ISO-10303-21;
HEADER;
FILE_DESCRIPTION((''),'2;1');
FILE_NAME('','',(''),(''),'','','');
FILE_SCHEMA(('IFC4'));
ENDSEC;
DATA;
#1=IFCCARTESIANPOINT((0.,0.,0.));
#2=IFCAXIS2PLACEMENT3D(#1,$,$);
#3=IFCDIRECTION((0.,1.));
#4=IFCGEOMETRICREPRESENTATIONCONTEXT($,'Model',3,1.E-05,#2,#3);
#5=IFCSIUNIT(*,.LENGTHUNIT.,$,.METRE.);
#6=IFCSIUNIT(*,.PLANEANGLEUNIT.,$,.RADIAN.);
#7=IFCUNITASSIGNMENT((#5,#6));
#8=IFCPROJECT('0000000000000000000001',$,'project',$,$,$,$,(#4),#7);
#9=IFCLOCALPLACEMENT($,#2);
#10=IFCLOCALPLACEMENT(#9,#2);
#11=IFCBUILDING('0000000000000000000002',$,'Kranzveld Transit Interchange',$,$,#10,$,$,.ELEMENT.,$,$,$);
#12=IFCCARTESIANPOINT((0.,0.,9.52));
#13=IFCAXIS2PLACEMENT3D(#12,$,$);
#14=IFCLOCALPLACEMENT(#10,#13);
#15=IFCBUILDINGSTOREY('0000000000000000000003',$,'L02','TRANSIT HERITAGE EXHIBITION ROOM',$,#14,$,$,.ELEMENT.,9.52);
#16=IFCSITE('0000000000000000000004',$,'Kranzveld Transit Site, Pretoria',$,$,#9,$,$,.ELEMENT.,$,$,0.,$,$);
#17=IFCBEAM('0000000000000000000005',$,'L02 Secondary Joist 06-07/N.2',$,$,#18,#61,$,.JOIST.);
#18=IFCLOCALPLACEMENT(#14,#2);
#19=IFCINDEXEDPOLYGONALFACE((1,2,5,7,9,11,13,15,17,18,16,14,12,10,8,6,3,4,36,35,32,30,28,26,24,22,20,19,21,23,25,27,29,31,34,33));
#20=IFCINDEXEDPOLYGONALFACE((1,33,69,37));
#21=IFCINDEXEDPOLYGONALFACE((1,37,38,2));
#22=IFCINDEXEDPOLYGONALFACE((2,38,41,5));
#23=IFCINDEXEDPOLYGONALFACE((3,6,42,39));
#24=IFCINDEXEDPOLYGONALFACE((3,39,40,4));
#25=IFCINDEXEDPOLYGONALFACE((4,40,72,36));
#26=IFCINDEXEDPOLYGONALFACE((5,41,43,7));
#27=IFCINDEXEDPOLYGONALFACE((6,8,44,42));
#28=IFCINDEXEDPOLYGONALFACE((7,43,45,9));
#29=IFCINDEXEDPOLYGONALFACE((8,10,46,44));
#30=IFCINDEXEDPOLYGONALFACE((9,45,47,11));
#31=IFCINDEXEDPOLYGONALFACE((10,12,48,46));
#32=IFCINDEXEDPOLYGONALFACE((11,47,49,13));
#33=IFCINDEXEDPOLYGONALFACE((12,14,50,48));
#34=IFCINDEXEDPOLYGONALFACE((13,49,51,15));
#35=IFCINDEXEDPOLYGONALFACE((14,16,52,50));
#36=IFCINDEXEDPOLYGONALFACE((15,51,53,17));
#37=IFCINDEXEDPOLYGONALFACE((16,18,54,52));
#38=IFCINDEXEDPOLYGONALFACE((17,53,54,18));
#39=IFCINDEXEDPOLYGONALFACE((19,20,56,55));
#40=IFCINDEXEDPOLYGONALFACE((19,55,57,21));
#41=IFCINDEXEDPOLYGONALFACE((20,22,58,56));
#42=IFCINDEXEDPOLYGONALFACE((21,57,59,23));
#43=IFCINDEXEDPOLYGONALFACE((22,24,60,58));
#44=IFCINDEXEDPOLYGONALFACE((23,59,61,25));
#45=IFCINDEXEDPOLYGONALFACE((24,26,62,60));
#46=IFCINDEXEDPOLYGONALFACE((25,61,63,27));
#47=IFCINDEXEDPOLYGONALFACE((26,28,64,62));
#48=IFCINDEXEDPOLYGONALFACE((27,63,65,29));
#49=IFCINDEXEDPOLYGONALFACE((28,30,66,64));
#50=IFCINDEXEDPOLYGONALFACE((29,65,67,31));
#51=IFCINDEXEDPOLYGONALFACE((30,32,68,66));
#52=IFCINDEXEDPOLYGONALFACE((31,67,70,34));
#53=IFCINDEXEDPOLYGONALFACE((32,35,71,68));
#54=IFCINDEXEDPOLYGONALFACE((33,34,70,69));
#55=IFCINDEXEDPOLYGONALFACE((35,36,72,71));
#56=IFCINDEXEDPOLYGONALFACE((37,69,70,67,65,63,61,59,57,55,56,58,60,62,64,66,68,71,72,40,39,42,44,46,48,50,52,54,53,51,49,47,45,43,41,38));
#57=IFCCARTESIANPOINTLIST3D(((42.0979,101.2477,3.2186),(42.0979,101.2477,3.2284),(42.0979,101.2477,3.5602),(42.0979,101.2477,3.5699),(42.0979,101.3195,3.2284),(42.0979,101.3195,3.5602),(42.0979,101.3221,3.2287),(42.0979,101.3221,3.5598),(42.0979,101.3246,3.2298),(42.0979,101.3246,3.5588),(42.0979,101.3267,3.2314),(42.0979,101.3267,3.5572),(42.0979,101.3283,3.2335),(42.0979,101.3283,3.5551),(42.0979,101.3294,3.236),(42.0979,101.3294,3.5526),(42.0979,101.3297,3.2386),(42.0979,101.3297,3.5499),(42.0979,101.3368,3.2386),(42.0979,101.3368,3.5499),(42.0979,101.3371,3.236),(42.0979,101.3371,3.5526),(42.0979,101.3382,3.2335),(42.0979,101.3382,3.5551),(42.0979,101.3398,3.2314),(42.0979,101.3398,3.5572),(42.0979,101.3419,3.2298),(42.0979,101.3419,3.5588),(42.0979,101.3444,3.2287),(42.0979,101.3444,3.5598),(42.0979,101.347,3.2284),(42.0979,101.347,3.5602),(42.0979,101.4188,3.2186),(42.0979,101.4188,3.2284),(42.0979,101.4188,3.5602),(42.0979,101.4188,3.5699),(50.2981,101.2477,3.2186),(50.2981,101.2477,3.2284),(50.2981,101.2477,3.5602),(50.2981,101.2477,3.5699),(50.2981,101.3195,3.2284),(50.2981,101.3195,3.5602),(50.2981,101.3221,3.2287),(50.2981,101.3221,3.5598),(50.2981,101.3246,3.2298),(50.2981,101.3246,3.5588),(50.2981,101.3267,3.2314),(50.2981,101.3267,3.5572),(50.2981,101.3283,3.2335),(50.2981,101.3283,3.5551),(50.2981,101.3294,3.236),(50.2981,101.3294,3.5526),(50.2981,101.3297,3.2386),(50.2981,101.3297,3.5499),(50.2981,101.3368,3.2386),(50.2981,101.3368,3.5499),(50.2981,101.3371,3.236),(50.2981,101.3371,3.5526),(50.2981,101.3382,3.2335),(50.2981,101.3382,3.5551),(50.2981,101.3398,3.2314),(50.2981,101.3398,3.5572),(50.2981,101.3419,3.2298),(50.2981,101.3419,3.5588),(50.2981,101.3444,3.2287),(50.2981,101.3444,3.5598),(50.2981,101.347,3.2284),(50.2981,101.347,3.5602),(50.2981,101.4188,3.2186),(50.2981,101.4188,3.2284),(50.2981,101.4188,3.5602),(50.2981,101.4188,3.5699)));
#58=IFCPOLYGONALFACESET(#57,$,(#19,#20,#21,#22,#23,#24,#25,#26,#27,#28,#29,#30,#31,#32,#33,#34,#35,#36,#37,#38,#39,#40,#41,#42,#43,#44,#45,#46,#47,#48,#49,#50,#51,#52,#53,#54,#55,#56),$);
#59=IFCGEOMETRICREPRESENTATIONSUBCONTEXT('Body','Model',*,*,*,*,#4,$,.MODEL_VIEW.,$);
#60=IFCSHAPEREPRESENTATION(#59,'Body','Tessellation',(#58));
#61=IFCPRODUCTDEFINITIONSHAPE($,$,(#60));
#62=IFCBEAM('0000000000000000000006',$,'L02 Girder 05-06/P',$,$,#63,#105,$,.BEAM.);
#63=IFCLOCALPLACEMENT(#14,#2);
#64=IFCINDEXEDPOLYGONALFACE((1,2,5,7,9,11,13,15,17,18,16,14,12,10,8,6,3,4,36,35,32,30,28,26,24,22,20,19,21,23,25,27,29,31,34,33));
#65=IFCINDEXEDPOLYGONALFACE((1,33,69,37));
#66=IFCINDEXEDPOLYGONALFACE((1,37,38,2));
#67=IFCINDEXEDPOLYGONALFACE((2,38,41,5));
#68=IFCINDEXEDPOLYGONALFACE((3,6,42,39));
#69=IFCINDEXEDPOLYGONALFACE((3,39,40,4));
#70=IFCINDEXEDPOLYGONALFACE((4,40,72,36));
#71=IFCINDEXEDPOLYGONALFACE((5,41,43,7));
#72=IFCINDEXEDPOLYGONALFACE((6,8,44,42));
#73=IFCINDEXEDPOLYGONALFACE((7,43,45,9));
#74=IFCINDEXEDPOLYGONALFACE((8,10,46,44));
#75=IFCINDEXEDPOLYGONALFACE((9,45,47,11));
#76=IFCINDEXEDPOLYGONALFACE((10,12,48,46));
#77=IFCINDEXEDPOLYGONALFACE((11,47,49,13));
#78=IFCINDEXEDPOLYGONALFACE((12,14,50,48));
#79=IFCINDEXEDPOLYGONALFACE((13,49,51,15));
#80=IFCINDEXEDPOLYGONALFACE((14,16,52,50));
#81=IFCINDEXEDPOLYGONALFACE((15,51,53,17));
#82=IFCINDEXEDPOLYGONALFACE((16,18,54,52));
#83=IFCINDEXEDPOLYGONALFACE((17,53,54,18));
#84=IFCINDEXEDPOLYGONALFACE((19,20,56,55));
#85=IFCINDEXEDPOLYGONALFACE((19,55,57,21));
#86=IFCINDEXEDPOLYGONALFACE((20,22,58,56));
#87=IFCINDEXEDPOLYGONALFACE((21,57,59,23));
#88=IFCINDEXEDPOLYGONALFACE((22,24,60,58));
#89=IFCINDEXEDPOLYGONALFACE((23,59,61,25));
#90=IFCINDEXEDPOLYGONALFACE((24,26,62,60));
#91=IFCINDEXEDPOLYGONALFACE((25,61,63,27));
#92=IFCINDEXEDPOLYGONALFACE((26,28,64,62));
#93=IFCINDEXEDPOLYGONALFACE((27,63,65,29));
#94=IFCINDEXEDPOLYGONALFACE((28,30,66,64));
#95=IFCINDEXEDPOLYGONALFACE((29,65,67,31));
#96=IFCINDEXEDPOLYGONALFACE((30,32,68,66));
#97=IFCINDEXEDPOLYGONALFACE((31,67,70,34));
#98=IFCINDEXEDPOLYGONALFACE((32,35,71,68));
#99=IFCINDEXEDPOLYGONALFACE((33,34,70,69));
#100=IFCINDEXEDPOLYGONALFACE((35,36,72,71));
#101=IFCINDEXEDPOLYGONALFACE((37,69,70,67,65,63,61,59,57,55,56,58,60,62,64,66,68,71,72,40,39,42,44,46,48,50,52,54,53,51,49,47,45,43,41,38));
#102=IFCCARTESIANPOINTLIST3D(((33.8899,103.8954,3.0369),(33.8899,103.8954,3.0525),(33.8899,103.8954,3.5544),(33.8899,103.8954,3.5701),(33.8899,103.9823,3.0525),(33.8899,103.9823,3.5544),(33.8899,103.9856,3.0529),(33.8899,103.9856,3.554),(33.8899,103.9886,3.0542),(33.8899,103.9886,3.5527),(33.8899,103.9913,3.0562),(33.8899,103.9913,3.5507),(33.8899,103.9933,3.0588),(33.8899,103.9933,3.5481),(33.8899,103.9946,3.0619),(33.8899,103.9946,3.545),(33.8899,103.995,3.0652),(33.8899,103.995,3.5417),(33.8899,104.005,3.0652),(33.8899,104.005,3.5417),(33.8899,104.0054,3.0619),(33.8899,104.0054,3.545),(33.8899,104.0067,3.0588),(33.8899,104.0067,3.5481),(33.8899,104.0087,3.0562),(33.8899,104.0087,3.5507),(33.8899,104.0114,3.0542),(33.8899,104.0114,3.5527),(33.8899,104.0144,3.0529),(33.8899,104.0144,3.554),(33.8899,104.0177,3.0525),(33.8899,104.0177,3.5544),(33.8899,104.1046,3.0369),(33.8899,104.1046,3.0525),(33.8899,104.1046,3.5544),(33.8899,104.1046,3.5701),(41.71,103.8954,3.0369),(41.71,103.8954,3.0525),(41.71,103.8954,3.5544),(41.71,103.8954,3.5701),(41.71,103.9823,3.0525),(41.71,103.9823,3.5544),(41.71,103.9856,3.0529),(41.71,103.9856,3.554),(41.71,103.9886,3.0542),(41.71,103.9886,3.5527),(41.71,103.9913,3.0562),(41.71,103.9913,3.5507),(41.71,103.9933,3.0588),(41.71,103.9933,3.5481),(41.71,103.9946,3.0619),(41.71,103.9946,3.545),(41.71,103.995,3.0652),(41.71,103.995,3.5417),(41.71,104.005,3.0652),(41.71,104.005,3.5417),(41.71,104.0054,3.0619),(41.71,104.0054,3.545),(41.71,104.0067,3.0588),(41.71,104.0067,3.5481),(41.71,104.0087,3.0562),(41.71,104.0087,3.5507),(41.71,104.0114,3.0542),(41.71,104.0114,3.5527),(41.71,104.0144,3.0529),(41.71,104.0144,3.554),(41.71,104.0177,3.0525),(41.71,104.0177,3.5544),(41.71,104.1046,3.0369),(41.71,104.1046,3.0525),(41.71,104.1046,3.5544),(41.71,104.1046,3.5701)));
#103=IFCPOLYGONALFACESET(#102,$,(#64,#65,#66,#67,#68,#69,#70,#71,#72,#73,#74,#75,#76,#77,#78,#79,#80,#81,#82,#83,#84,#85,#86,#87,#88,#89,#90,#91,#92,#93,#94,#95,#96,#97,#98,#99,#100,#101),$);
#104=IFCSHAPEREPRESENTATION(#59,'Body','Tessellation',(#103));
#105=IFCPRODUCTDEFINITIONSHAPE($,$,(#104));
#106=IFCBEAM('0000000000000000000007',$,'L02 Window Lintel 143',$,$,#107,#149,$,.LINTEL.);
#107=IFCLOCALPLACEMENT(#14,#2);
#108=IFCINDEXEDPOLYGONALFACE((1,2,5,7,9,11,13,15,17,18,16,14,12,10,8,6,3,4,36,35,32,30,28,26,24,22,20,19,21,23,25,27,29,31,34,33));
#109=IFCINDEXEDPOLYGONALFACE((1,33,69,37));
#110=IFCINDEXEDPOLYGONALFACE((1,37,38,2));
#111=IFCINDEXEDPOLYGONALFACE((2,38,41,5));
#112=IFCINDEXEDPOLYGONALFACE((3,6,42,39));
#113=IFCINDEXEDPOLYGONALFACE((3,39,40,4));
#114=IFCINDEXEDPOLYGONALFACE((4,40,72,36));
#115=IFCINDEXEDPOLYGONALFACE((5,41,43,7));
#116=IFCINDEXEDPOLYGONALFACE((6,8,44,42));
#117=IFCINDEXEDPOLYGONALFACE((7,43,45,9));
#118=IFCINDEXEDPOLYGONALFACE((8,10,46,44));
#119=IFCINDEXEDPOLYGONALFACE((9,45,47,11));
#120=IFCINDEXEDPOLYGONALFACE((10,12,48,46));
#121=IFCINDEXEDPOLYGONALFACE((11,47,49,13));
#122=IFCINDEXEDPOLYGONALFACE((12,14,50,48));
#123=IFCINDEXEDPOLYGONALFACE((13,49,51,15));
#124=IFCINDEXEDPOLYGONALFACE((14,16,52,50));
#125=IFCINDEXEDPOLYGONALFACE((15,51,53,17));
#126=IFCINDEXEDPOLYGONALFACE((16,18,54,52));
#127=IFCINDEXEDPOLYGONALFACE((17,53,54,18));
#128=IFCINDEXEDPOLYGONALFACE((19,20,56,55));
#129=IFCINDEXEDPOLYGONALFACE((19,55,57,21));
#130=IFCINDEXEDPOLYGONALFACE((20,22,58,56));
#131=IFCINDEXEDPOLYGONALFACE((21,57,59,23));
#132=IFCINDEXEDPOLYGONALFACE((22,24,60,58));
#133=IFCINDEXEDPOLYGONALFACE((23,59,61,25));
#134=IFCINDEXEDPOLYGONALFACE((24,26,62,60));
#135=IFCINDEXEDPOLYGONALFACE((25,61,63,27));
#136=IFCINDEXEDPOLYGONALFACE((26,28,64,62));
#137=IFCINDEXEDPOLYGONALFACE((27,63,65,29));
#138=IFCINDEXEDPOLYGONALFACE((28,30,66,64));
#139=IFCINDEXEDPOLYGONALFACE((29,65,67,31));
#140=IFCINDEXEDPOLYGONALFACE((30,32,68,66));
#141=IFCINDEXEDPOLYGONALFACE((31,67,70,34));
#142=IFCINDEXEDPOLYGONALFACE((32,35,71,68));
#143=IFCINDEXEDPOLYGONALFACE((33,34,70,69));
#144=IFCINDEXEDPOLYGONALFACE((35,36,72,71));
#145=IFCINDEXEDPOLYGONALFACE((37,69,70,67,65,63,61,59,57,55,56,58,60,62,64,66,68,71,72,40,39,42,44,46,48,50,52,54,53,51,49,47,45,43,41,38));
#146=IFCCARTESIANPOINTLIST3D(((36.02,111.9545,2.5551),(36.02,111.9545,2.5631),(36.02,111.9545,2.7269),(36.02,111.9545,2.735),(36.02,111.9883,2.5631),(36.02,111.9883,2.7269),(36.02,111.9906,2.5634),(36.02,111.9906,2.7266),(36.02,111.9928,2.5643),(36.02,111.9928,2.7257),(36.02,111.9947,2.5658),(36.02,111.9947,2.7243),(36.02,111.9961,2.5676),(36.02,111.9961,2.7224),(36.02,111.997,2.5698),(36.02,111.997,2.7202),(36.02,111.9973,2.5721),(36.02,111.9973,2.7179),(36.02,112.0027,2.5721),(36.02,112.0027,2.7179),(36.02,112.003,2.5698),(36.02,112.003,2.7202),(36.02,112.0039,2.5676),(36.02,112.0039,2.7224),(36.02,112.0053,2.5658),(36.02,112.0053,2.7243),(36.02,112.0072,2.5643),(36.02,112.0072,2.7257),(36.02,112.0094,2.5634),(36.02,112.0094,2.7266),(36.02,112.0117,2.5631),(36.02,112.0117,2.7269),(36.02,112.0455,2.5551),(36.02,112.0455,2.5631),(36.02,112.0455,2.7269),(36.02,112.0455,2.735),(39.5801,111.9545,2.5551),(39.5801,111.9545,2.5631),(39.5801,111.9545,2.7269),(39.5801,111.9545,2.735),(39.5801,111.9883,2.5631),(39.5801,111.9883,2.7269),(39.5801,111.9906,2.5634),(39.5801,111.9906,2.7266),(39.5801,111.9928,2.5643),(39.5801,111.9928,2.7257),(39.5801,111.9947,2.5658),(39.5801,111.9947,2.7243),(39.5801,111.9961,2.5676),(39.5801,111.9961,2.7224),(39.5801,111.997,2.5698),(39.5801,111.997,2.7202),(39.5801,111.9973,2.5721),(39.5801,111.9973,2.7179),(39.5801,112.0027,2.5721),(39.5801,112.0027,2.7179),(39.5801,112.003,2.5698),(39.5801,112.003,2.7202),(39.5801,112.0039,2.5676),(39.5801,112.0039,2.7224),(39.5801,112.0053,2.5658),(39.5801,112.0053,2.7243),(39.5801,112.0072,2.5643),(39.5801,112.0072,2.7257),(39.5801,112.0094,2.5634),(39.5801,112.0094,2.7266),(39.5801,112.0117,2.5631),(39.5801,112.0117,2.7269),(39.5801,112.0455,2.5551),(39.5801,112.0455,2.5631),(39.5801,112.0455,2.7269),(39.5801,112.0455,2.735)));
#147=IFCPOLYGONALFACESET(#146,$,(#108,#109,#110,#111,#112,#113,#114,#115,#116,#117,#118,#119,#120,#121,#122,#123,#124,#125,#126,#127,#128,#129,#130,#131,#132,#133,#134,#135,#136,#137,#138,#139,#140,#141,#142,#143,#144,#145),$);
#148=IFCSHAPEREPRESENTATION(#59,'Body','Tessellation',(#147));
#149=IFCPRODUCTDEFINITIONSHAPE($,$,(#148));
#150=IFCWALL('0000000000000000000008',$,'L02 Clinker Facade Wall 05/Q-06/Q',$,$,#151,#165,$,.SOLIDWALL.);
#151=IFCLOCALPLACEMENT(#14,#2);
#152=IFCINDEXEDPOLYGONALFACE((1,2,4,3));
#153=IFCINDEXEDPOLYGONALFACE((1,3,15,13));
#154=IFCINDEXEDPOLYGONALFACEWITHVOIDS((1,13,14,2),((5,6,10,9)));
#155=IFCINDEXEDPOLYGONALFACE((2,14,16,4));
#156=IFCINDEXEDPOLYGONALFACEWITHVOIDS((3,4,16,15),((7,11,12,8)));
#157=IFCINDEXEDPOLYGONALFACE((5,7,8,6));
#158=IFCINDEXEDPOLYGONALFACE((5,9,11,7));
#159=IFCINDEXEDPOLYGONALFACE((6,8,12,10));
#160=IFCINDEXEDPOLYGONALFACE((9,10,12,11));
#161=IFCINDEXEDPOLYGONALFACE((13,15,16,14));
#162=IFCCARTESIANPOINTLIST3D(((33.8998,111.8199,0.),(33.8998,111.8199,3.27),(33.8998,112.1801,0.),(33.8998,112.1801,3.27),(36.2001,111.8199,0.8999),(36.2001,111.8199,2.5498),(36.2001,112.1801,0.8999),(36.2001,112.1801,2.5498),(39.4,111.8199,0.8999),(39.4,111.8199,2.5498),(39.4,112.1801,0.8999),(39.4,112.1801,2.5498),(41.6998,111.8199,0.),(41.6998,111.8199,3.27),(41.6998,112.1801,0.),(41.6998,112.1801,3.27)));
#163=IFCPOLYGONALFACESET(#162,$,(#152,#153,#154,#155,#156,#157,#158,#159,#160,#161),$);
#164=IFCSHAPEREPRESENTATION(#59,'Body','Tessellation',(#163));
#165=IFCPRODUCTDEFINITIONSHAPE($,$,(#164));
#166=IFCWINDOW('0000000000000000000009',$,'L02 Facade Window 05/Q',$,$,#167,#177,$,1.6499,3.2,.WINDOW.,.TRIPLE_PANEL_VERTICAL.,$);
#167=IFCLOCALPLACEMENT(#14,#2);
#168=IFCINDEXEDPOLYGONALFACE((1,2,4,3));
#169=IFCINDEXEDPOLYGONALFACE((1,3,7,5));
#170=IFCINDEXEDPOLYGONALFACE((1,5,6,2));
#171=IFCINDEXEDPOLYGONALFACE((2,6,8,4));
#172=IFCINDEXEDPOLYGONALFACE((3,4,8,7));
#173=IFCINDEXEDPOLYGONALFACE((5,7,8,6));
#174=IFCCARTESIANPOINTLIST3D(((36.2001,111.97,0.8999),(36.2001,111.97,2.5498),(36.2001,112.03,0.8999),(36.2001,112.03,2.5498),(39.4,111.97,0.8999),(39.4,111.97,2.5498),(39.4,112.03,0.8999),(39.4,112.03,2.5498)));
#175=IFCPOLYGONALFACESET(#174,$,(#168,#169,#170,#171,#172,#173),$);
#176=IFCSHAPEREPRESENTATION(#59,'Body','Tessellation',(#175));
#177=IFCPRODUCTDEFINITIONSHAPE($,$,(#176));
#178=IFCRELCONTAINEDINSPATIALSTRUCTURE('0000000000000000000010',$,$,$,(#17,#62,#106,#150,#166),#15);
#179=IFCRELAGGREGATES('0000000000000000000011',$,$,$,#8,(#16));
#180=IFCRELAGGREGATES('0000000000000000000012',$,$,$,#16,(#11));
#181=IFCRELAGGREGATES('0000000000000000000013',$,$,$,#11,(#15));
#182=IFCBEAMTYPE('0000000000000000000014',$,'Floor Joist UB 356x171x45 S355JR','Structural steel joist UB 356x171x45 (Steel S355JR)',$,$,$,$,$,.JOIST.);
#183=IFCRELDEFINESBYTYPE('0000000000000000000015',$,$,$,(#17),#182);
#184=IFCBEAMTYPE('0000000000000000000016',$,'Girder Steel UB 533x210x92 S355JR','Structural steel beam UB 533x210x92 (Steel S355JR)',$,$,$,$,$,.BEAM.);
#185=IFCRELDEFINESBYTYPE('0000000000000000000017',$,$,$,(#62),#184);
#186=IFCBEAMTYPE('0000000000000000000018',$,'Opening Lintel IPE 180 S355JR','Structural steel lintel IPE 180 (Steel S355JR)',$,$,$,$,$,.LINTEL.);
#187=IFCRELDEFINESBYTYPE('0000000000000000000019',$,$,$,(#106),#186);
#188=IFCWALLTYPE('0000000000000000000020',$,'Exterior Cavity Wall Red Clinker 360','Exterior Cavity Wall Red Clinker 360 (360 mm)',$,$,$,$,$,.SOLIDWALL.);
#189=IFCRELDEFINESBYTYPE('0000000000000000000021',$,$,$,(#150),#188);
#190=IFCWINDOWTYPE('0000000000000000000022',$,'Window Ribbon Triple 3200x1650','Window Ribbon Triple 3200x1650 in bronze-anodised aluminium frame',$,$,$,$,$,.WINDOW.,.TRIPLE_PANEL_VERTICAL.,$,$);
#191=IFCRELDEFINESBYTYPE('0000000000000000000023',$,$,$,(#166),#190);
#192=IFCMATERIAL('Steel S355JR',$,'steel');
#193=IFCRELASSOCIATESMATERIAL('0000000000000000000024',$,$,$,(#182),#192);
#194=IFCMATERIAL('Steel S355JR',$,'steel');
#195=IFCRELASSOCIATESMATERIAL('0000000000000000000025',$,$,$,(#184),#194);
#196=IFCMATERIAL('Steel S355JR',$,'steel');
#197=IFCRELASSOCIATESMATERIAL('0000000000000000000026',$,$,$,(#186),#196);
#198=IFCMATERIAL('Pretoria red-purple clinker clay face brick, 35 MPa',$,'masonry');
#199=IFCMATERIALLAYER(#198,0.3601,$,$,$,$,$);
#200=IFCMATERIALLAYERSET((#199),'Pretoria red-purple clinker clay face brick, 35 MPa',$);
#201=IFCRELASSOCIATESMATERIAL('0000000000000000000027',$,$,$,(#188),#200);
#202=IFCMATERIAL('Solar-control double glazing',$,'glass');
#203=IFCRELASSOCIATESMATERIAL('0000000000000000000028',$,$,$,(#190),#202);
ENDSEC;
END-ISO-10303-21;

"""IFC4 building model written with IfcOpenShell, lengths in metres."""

from ifc_helpers import new_model, si_unit, direction, frame, frame_2d, origin, origin_2d, place, context, subcontext, project, spatial, rectangle, i_section, extrude, material, layer, layer_set, material_profile, profile_set, type_object, element, fill, save


model = new_model("IFC4")

# Units and contexts
model_context = context("Model", 3, precision=1e-05, world=origin(), true_north=direction((0.0, 1.0)))
body_context = subcontext(model_context, "Body", "Model", "MODEL_VIEW")
ifc_project = project(units=[si_unit("LENGTHUNIT", "METRE"), si_unit("PLANEANGLEUNIT", "RADIAN")], contexts=[model_context])

# Site, building, storey
site_placement = place(None, origin())
site = spatial("IfcSite", under=ifc_project, at=site_placement, Name="Kranzveld Transit Site, Pretoria", CompositionType="ELEMENT", RefElevation=0.0)
building_placement = place(site_placement, origin())
building = spatial("IfcBuilding", under=site, at=building_placement, Name="Kranzveld Transit Interchange", CompositionType="ELEMENT")
storey_placement = place(building_placement, frame((0.0, 0.0, 9.52)))
storey = spatial("IfcBuildingStorey", under=building, at=storey_placement, Name="L02", Description="TRANSIT HERITAGE EXHIBITION ROOM", CompositionType="ELEMENT", Elevation=9.52)

# Beams
ifc_material_1 = material(Name="Steel S355JR", Category="steel")
ifc_material_profile_1 = material_profile(ifc_material_1, i_section(OverallWidth=0.1711, OverallDepth=0.3513, WebThickness=0.0071, FlangeThickness=0.0098, FilletRadius=0.0103, at=origin_2d()), Name="UB 356x171x45")
ifc_profile_set_1 = profile_set([ifc_material_profile_1], Name="Steel S355JR")
beam_type_1 = type_object("IfcBeamType", Name="Floor Joist UB 356x171x45 S355JR", Description="Structural steel joist UB 356x171x45 (Steel S355JR)", PredefinedType="JOIST", material=ifc_profile_set_1)
for number, where, z_axis, x_axis, name in (
    (1, (42.0979, 101.3333, 3.3943), (1.0, 0.0, 0.0), (0.0, 1.0, 0.0), "L02 Secondary Joist 06-07/N.2"),
):
    element("IfcBeam", number, at=place(storey_placement, frame(where, z_axis=z_axis, x_axis=x_axis)), inside=storey, type_object=beam_type_1, Name=name, PredefinedType="JOIST", context=body_context, shape_type="SweptSolid", body=[
        extrude(i_section(OverallWidth=0.1711, OverallDepth=0.3513, WebThickness=0.0071, FlangeThickness=0.0098, FilletRadius=0.0103, at=origin_2d()), origin(), (0.0, 0.0, 1.0), 8.2002),
    ])
ifc_material_2 = material(Name="Steel S355JR", Category="steel")
ifc_material_profile_2 = material_profile(ifc_material_2, i_section(OverallWidth=0.2092, OverallDepth=0.5332, WebThickness=0.01, FlangeThickness=0.0156, FilletRadius=0.0127, at=origin_2d()), Name="UB 533x210x92")
ifc_profile_set_2 = profile_set([ifc_material_profile_2], Name="Steel S355JR")
beam_type_2 = type_object("IfcBeamType", Name="Girder Steel UB 533x210x92 S355JR", Description="Structural steel beam UB 533x210x92 (Steel S355JR)", PredefinedType="BEAM", material=ifc_profile_set_2)
beam_1_placement = place(storey_placement, frame((33.8899, 104.0, 3.3035), z_axis=(1.0, 0.0, 0.0), x_axis=(0.0, 1.0, 0.0)))
element("IfcBeam", 2, at=beam_1_placement, inside=storey, type_object=beam_type_2, Name="L02 Girder 05-06/P", PredefinedType="BEAM", context=body_context, shape_type="SweptSolid", body=[
    extrude(i_section(OverallWidth=0.2092, OverallDepth=0.5332, WebThickness=0.01, FlangeThickness=0.0156, FilletRadius=0.0127, at=origin_2d()), origin(), (0.0, 0.0, 1.0), 7.8201),
])
ifc_material_3 = material(Name="Steel S355JR", Category="steel")
ifc_material_profile_3 = material_profile(ifc_material_3, i_section(OverallWidth=0.0911, OverallDepth=0.1799, WebThickness=0.0054, FlangeThickness=0.0081, FilletRadius=0.009, at=origin_2d()), Name="IPE 180")
ifc_profile_set_3 = profile_set([ifc_material_profile_3], Name="Steel S355JR")
beam_type_3 = type_object("IfcBeamType", Name="Opening Lintel IPE 180 S355JR", Description="Structural steel lintel IPE 180 (Steel S355JR)", PredefinedType="LINTEL", material=ifc_profile_set_3)
beam_2_placement = place(storey_placement, frame((36.02, 112.0, 2.645), z_axis=(1.0, 0.0, 0.0), x_axis=(0.0, 1.0, 0.0)))
element("IfcBeam", 3, at=beam_2_placement, inside=storey, type_object=beam_type_3, Name="L02 Window Lintel 143", PredefinedType="LINTEL", context=body_context, shape_type="SweptSolid", body=[
    extrude(i_section(OverallWidth=0.0911, OverallDepth=0.1799, WebThickness=0.0054, FlangeThickness=0.0081, FilletRadius=0.009, at=origin_2d()), origin(), (0.0, 0.0, 1.0), 3.5601),
])

# Wall, opening, window
ifc_material_4 = material(Name="Pretoria red-purple clinker clay face brick, 35 MPa", Category="masonry")
ifc_layer_1 = layer(ifc_material_4, 0.3601)
ifc_layer_set_1 = layer_set([ifc_layer_1], Name="Pretoria red-purple clinker clay face brick, 35 MPa")
wall_type_1 = type_object("IfcWallType", Name="Exterior Cavity Wall Red Clinker 360", Description="Exterior Cavity Wall Red Clinker 360 (360 mm)", PredefinedType="SOLIDWALL", material=ifc_layer_set_1)
wall_1_placement = place(storey_placement, frame((33.8999, 112.0, 0.0), z_axis=(0.0, 0.0, 1.0), x_axis=(1.0, 0.0, 0.0)))
wall_1 = element("IfcWall", 4, at=wall_1_placement, inside=storey, type_object=wall_type_1, Name="L02 Clinker Facade Wall 05/Q-06/Q", PredefinedType="SOLIDWALL", context=body_context, shape_type="SweptSolid", body=[
    extrude(rectangle(XDim=7.8, YDim=0.3601, at=frame_2d((3.8999, 0.0))), origin(), (0.0, 0.0, 1.0), 3.27),
])
opening_placement = place(wall_1_placement, frame((2.3, 0.0, 0.8999), z_axis=(0.0, 0.0, 1.0), x_axis=(1.0, 0.0, 0.0)))
opening = element("IfcOpeningElement", 5, at=opening_placement, cuts=wall_1, PredefinedType="OPENING", context=body_context, shape_type="SweptSolid", body=[
    extrude(rectangle(XDim=3.2, YDim=1.6499, at=frame_2d((1.6001, 0.825))), frame((0.0, 0.1899, 0.0), z_axis=(0.0, -1.0, 0.0), x_axis=(1.0, 0.0, 0.0)), (0.0, 0.0, 1.0), 0.3801),
])
ifc_material_5 = material(Name="Solar-control double glazing", Category="glass")
window_type = type_object("IfcWindowType", Name="Window Ribbon Triple 3200x1650", Description="Window Ribbon Triple 3200x1650 in bronze-anodised aluminium frame", PartitioningType="TRIPLE_PANEL_VERTICAL", PredefinedType="WINDOW", material=ifc_material_5)
window_placement = place(opening_placement, origin())
window = element("IfcWindow", 6, at=window_placement, inside=storey, type_object=window_type, Name="L02 Facade Window 05/Q", OverallHeight=1.6499, OverallWidth=3.2, PartitioningType="TRIPLE_PANEL_VERTICAL", PredefinedType="WINDOW", context=body_context, shape_type="SweptSolid", body=[
    extrude(rectangle(XDim=3.2, YDim=1.6499, at=frame_2d((1.6001, 0.825))), frame((0.0, 0.03, 0.0), z_axis=(0.0, -1.0, 0.0), x_axis=(1.0, 0.0, 0.0)), (0.0, 0.0, 1.0), 0.0601),
])
fill(opening, window)

save(model, "model.ifc")
